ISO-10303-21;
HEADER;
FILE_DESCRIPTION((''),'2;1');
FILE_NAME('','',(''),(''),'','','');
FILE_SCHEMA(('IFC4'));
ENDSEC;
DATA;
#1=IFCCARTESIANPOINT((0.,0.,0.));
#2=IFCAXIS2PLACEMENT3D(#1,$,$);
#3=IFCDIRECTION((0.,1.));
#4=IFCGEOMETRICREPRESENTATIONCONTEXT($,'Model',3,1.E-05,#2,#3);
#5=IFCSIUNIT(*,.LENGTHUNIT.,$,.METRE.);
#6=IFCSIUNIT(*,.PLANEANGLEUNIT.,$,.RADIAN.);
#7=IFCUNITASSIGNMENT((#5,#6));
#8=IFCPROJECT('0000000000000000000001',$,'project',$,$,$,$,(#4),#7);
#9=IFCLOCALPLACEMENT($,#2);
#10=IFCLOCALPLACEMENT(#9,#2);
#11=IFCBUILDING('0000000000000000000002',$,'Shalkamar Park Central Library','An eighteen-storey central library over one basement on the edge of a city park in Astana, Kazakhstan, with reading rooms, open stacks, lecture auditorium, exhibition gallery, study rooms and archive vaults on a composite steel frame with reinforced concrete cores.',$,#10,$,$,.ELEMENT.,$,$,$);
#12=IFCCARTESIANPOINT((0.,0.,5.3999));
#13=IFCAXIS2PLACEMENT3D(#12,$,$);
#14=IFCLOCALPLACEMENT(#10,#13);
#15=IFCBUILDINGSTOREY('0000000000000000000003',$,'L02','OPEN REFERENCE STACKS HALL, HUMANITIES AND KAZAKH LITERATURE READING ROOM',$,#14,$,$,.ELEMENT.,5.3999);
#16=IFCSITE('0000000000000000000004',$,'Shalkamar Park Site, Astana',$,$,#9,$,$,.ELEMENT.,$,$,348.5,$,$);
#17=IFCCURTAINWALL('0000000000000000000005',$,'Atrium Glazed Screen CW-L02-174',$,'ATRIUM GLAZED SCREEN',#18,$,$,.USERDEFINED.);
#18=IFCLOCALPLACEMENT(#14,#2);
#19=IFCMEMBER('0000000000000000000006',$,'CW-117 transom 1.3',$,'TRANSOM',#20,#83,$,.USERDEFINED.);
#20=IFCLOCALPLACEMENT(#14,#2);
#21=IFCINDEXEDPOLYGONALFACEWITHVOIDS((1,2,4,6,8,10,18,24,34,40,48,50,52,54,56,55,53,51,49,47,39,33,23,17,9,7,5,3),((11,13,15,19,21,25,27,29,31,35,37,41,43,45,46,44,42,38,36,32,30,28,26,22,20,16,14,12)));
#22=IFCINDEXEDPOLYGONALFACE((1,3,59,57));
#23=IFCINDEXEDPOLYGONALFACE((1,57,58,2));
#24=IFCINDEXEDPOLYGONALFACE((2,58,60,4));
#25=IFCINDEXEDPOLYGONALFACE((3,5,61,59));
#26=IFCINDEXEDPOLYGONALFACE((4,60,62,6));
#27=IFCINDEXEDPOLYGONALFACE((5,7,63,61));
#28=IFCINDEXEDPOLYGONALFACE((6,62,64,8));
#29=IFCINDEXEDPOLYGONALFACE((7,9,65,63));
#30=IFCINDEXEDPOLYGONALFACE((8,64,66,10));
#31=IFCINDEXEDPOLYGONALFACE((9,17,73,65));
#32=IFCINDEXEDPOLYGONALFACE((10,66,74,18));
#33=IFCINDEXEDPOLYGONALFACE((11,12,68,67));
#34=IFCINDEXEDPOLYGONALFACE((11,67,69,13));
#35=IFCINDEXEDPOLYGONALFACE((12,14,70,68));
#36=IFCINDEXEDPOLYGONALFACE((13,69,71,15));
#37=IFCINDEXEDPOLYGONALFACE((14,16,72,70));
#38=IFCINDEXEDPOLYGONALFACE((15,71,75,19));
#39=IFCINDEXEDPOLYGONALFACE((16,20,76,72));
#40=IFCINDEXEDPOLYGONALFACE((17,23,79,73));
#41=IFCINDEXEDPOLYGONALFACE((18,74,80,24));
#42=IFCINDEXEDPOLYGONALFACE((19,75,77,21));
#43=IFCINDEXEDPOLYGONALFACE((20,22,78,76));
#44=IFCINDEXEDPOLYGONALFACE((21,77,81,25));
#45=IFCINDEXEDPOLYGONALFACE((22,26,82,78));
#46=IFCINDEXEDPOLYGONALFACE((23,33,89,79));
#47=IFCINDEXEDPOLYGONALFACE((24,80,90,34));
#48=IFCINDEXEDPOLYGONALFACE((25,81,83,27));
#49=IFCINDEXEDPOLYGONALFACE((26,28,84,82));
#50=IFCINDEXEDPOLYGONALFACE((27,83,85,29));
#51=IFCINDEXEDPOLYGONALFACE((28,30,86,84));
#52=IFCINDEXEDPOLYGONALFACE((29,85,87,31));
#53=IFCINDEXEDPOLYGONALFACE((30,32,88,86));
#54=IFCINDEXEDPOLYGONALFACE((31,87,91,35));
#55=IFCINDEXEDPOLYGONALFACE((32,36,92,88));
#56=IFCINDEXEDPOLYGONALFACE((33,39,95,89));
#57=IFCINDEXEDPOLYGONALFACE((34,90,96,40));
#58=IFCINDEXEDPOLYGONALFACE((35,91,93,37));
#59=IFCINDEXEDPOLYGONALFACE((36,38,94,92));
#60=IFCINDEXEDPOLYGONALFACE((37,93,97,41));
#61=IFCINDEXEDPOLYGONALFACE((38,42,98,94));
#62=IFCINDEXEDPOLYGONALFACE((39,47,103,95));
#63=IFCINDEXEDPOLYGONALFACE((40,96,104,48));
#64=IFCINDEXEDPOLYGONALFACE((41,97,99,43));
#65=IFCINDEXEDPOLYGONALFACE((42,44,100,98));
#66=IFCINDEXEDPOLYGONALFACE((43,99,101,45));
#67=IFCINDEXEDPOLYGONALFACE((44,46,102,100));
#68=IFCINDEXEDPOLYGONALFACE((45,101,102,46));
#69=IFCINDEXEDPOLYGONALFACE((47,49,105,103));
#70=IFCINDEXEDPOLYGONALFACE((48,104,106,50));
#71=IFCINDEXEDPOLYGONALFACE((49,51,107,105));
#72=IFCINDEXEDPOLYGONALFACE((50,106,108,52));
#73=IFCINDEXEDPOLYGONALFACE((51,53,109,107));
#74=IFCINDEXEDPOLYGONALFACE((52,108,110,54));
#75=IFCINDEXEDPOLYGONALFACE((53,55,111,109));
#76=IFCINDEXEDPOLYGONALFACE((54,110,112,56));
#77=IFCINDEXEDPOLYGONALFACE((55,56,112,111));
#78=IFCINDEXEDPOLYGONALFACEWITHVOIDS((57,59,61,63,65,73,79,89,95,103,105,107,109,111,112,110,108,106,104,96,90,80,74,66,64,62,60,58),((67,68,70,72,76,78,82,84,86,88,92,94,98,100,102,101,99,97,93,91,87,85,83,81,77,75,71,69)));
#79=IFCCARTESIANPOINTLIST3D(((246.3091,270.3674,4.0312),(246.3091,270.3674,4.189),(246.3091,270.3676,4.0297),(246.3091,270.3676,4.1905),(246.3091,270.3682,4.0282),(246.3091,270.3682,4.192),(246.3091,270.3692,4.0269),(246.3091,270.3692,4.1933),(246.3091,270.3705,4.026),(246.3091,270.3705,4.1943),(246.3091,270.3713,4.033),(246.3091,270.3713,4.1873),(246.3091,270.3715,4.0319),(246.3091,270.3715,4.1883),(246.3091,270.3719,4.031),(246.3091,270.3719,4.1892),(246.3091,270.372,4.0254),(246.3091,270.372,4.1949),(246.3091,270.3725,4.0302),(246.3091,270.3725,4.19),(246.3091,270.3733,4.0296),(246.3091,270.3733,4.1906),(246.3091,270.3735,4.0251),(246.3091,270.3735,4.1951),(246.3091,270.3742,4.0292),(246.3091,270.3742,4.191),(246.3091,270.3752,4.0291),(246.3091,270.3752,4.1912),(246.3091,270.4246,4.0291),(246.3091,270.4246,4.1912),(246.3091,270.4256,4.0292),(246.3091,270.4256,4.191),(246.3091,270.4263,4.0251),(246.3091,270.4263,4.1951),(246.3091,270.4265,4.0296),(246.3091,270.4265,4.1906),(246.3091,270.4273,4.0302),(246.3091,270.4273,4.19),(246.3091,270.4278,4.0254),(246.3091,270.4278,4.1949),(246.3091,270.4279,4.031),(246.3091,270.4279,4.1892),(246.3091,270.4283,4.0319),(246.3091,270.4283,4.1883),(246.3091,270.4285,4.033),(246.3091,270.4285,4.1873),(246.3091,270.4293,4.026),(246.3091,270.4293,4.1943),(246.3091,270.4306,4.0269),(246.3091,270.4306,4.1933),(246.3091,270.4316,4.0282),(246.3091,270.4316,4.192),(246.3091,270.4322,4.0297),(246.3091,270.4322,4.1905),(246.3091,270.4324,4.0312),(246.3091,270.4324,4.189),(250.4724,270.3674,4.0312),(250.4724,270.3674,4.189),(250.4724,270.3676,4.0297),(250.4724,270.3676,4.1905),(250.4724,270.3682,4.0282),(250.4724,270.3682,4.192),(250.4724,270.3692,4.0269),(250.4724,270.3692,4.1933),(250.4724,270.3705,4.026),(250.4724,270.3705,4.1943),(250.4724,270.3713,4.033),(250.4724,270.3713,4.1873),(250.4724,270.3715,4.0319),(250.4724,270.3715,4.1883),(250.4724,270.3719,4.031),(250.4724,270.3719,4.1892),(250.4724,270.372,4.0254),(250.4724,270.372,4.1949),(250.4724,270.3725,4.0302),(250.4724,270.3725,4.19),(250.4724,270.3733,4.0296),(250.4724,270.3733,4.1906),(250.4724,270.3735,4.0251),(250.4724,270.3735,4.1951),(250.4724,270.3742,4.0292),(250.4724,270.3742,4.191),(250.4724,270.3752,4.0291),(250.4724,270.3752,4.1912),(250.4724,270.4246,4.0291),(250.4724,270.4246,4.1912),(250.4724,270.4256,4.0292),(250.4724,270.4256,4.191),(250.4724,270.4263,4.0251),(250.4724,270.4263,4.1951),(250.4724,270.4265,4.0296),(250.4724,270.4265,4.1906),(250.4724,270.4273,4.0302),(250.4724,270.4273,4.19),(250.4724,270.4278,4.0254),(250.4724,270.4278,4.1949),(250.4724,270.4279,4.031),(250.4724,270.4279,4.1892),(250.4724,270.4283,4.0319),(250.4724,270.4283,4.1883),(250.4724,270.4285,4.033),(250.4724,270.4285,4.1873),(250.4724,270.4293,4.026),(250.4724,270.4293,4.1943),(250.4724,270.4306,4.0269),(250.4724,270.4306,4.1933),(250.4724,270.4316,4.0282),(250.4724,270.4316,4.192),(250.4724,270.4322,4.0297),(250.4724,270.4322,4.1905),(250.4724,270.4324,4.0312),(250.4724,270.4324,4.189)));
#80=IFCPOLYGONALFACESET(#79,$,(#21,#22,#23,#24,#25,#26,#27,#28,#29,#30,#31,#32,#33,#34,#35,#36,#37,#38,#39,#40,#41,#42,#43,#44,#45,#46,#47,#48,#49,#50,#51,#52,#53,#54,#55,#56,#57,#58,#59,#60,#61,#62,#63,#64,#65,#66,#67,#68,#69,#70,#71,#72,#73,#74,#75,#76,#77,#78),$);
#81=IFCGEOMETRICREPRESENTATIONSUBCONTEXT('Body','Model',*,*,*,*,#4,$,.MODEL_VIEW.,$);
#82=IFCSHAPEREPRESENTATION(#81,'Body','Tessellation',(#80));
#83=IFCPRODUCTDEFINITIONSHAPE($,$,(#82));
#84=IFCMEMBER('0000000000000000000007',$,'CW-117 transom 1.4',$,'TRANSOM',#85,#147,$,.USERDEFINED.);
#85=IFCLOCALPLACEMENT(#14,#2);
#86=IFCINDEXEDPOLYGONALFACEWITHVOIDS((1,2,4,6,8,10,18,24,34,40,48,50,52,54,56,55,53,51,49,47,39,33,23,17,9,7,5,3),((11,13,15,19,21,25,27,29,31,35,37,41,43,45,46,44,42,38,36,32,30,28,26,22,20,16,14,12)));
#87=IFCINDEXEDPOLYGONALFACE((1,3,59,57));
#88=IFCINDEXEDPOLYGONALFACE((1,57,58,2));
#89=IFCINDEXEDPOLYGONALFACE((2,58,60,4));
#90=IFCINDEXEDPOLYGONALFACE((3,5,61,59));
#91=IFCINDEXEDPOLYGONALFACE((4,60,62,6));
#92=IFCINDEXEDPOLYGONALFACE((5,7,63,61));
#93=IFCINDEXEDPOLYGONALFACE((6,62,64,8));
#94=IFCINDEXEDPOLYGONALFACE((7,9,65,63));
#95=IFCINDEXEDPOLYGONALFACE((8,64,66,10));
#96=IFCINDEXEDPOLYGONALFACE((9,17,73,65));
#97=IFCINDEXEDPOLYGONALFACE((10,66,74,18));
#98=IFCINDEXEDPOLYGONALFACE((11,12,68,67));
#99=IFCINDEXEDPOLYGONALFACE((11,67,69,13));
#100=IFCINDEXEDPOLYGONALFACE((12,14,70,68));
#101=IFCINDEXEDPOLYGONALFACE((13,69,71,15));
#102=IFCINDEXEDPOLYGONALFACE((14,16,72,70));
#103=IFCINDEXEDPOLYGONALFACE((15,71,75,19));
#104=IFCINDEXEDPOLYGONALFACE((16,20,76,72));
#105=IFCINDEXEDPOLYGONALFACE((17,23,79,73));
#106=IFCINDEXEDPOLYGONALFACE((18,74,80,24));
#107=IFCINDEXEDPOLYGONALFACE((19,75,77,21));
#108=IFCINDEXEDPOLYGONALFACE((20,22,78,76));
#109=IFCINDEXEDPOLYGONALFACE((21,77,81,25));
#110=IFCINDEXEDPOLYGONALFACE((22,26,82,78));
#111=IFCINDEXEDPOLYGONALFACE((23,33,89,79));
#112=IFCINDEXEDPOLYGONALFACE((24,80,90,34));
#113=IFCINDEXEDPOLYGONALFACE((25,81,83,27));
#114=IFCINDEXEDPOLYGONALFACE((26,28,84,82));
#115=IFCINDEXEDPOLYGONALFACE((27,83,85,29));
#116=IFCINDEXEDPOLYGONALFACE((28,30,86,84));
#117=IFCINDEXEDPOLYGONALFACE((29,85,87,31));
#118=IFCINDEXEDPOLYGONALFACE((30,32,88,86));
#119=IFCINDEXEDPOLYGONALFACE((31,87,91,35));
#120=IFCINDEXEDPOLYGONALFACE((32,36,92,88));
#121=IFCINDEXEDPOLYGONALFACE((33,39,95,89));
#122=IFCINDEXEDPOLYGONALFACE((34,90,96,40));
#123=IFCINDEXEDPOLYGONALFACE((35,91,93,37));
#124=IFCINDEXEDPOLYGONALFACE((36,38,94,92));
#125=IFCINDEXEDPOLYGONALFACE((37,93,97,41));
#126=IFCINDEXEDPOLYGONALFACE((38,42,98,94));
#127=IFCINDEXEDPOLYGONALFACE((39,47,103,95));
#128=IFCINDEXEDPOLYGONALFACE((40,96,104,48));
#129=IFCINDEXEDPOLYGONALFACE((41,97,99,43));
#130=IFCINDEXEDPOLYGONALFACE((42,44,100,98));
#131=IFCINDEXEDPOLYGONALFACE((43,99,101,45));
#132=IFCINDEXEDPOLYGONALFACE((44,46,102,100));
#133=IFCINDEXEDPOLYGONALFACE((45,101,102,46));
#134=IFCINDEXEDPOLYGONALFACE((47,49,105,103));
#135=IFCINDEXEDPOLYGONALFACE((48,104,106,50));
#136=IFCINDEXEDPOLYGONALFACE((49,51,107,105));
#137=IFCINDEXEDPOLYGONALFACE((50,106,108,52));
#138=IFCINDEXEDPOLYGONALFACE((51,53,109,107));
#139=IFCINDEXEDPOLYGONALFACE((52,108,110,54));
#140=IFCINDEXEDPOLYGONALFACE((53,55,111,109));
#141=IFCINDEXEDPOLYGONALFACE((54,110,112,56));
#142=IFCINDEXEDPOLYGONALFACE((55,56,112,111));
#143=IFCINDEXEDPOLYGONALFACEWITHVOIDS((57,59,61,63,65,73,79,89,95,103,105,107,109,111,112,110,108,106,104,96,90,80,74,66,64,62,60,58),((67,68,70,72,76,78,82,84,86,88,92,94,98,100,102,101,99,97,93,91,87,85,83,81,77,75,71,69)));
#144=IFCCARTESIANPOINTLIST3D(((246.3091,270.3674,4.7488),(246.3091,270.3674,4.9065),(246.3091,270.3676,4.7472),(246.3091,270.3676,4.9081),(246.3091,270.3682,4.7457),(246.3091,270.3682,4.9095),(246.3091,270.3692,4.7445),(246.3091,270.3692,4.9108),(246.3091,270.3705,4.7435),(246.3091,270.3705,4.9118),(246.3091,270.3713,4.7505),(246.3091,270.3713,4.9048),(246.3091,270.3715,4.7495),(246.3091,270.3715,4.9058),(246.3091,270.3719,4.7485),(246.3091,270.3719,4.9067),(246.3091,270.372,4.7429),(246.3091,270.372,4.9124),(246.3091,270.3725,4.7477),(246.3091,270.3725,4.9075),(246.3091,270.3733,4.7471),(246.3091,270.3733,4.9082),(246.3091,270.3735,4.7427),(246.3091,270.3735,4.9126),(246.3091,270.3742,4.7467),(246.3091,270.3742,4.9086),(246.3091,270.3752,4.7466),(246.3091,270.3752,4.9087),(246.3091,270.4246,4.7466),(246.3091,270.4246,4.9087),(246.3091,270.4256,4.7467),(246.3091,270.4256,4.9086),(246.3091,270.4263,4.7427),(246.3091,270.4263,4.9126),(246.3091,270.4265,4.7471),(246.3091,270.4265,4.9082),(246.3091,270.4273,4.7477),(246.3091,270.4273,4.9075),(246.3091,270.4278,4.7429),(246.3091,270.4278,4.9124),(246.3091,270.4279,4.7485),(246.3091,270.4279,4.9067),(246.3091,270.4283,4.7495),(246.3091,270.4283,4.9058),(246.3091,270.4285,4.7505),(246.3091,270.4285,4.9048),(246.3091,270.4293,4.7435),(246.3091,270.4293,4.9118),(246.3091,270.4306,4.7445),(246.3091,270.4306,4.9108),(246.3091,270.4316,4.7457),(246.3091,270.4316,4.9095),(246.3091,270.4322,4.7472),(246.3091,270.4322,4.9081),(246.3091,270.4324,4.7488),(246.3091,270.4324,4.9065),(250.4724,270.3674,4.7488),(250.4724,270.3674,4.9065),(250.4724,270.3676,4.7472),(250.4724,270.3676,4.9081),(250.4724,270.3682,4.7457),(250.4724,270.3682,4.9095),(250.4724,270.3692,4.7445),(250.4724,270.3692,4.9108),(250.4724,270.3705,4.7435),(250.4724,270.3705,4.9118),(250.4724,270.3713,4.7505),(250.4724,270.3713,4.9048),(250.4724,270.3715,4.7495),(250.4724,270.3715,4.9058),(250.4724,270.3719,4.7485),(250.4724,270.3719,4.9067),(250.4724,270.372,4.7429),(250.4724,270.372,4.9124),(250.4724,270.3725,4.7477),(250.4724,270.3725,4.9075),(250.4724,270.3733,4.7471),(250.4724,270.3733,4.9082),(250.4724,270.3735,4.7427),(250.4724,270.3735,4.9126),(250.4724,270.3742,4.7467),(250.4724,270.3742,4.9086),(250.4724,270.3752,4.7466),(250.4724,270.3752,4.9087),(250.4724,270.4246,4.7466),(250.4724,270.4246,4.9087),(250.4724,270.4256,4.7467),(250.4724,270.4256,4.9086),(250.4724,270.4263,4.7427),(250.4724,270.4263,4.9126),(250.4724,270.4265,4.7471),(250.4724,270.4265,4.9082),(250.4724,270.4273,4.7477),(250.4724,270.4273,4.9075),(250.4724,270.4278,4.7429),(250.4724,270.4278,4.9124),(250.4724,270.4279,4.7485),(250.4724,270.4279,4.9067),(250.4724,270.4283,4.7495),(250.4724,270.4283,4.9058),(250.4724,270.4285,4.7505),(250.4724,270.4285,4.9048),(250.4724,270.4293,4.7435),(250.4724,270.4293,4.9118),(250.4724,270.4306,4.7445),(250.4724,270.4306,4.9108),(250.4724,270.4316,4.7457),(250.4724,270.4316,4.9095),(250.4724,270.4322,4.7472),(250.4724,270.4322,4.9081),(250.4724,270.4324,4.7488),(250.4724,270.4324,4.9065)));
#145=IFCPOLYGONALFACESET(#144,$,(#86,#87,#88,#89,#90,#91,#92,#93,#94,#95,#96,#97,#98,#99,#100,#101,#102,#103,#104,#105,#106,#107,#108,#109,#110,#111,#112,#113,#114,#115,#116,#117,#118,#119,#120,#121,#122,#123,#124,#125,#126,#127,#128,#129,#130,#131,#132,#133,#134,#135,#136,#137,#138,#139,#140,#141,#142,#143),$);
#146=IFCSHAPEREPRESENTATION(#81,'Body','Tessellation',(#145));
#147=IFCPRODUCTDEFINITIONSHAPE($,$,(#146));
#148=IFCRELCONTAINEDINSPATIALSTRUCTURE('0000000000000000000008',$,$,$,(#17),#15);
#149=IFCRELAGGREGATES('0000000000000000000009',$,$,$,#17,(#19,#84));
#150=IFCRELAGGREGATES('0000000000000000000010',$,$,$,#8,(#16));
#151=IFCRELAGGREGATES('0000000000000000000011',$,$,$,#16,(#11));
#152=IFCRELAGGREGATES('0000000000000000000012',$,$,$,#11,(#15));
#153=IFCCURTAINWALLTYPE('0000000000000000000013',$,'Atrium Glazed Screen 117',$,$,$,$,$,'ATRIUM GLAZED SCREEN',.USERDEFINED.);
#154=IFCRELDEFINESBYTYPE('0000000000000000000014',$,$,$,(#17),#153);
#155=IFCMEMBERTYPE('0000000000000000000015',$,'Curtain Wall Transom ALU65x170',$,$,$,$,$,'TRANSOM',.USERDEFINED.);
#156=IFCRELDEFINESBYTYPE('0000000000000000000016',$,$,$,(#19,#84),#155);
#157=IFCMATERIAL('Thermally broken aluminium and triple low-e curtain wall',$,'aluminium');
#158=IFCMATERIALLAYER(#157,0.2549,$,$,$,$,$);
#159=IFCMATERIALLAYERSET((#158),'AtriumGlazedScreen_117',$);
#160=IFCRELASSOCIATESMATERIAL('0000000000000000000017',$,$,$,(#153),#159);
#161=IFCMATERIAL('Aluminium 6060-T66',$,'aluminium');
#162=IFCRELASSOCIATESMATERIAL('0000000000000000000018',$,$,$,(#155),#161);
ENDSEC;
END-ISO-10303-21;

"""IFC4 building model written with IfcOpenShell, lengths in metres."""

from ifc_helpers import new_model, si_unit, direction, frame, origin, origin_2d, place, context, subcontext, project, spatial, hollow_rectangle, extrude, material, layer, layer_set, material_profile, profile_set, type_object, element, aggregate, save


model = new_model("IFC4")

# Units and contexts
model_context = context("Model", 3, precision=1e-05, world=origin(), true_north=direction((0.0, 1.0)))
body_context = subcontext(model_context, "Body", "Model", "MODEL_VIEW")
ifc_project = project(units=[si_unit("LENGTHUNIT", "METRE"), si_unit("PLANEANGLEUNIT", "RADIAN")], contexts=[model_context])

# Site, building, storey
site_placement = place(None, origin())
site = spatial("IfcSite", under=ifc_project, at=site_placement, Name="Shalkamar Park Site, Astana", CompositionType="ELEMENT", RefElevation=348.5)
building_placement = place(site_placement, origin())
building = spatial("IfcBuilding", under=site, at=building_placement, Name="Shalkamar Park Central Library", Description="An eighteen-storey central library over one basement on the edge of a city park in Astana, Kazakhstan, with reading rooms, open stacks, lecture auditorium, exhibition gallery, study rooms and archive vaults on a composite steel frame with reinforced concrete cores.", CompositionType="ELEMENT")
storey_placement = place(building_placement, frame((0.0, 0.0, 5.3999)))
storey = spatial("IfcBuildingStorey", under=building, at=storey_placement, Name="L02", Description="OPEN REFERENCE STACKS HALL, HUMANITIES AND KAZAKH LITERATURE READING ROOM", CompositionType="ELEMENT", Elevation=5.3999)

# Curtain wall
ifc_material_1 = material(Name="Thermally broken aluminium and triple low-e curtain wall", Category="aluminium")
ifc_material_2 = material(Name="Aluminium 6060-T66", Category="aluminium")
ifc_layer_1 = layer(ifc_material_1, 0.2549)
ifc_layer_set_1 = layer_set([ifc_layer_1], Name="AtriumGlazedScreen_117")
curtain_wall_type_1 = type_object("IfcCurtainWallType", Name="Atrium Glazed Screen 117", ElementType="ATRIUM GLAZED SCREEN", PredefinedType="USERDEFINED", material=ifc_layer_set_1)
curtain_wall_1_placement = place(storey_placement, origin())
curtain_wall_1 = element("IfcCurtainWall", 1, at=curtain_wall_1_placement, inside=storey, type_object=curtain_wall_type_1, Name="Atrium Glazed Screen CW-L02-174", ObjectType="ATRIUM GLAZED SCREEN", PredefinedType="USERDEFINED")

# Members
ifc_material_profile_1 = material_profile(ifc_material_2, hollow_rectangle(XDim=0.0649, YDim=0.1699, WallThickness=0.0039, InnerFilletRadius=0.0039, OuterFilletRadius=0.0061, at=origin_2d()), Name="ALU 65x170x4")
ifc_profile_set_1 = profile_set([ifc_material_profile_1], Name="Aluminium 6060-T66")
member_type_1 = type_object("IfcMemberType", Name="Curtain Wall Transom ALU65x170", ElementType="TRANSOM", PredefinedType="USERDEFINED", material=ifc_profile_set_1)
member_1_placement = place(storey_placement, frame((246.3091, 270.3999, 4.1101), z_axis=(1.0, 0.0, 0.0), x_axis=(0.0, 1.0, 0.0)))
member_1 = element("IfcMember", 2, at=member_1_placement, type_object=member_type_1, Name="CW-117 transom 1.3", ObjectType="TRANSOM", PredefinedType="USERDEFINED", context=body_context, shape_type="SweptSolid", body=[
    extrude(hollow_rectangle(XDim=0.0649, YDim=0.1699, WallThickness=0.0039, InnerFilletRadius=0.0039, OuterFilletRadius=0.0061, at=origin_2d()), origin(), (0.0, 0.0, 1.0), 4.1633),
])
member_2_placement = place(storey_placement, frame((246.3091, 270.3999, 4.8276), z_axis=(1.0, 0.0, 0.0), x_axis=(0.0, 1.0, 0.0)))
member_2 = element("IfcMember", 3, at=member_2_placement, type_object=member_type_1, Name="CW-117 transom 1.4", ObjectType="TRANSOM", PredefinedType="USERDEFINED", context=body_context, shape_type="SweptSolid", body=[
    extrude(hollow_rectangle(XDim=0.0649, YDim=0.1699, WallThickness=0.0039, InnerFilletRadius=0.0039, OuterFilletRadius=0.0061, at=origin_2d()), origin(), (0.0, 0.0, 1.0), 4.1633),
])

aggregate(curtain_wall_1, [member_1, member_2])

save(model, "model.ifc")
